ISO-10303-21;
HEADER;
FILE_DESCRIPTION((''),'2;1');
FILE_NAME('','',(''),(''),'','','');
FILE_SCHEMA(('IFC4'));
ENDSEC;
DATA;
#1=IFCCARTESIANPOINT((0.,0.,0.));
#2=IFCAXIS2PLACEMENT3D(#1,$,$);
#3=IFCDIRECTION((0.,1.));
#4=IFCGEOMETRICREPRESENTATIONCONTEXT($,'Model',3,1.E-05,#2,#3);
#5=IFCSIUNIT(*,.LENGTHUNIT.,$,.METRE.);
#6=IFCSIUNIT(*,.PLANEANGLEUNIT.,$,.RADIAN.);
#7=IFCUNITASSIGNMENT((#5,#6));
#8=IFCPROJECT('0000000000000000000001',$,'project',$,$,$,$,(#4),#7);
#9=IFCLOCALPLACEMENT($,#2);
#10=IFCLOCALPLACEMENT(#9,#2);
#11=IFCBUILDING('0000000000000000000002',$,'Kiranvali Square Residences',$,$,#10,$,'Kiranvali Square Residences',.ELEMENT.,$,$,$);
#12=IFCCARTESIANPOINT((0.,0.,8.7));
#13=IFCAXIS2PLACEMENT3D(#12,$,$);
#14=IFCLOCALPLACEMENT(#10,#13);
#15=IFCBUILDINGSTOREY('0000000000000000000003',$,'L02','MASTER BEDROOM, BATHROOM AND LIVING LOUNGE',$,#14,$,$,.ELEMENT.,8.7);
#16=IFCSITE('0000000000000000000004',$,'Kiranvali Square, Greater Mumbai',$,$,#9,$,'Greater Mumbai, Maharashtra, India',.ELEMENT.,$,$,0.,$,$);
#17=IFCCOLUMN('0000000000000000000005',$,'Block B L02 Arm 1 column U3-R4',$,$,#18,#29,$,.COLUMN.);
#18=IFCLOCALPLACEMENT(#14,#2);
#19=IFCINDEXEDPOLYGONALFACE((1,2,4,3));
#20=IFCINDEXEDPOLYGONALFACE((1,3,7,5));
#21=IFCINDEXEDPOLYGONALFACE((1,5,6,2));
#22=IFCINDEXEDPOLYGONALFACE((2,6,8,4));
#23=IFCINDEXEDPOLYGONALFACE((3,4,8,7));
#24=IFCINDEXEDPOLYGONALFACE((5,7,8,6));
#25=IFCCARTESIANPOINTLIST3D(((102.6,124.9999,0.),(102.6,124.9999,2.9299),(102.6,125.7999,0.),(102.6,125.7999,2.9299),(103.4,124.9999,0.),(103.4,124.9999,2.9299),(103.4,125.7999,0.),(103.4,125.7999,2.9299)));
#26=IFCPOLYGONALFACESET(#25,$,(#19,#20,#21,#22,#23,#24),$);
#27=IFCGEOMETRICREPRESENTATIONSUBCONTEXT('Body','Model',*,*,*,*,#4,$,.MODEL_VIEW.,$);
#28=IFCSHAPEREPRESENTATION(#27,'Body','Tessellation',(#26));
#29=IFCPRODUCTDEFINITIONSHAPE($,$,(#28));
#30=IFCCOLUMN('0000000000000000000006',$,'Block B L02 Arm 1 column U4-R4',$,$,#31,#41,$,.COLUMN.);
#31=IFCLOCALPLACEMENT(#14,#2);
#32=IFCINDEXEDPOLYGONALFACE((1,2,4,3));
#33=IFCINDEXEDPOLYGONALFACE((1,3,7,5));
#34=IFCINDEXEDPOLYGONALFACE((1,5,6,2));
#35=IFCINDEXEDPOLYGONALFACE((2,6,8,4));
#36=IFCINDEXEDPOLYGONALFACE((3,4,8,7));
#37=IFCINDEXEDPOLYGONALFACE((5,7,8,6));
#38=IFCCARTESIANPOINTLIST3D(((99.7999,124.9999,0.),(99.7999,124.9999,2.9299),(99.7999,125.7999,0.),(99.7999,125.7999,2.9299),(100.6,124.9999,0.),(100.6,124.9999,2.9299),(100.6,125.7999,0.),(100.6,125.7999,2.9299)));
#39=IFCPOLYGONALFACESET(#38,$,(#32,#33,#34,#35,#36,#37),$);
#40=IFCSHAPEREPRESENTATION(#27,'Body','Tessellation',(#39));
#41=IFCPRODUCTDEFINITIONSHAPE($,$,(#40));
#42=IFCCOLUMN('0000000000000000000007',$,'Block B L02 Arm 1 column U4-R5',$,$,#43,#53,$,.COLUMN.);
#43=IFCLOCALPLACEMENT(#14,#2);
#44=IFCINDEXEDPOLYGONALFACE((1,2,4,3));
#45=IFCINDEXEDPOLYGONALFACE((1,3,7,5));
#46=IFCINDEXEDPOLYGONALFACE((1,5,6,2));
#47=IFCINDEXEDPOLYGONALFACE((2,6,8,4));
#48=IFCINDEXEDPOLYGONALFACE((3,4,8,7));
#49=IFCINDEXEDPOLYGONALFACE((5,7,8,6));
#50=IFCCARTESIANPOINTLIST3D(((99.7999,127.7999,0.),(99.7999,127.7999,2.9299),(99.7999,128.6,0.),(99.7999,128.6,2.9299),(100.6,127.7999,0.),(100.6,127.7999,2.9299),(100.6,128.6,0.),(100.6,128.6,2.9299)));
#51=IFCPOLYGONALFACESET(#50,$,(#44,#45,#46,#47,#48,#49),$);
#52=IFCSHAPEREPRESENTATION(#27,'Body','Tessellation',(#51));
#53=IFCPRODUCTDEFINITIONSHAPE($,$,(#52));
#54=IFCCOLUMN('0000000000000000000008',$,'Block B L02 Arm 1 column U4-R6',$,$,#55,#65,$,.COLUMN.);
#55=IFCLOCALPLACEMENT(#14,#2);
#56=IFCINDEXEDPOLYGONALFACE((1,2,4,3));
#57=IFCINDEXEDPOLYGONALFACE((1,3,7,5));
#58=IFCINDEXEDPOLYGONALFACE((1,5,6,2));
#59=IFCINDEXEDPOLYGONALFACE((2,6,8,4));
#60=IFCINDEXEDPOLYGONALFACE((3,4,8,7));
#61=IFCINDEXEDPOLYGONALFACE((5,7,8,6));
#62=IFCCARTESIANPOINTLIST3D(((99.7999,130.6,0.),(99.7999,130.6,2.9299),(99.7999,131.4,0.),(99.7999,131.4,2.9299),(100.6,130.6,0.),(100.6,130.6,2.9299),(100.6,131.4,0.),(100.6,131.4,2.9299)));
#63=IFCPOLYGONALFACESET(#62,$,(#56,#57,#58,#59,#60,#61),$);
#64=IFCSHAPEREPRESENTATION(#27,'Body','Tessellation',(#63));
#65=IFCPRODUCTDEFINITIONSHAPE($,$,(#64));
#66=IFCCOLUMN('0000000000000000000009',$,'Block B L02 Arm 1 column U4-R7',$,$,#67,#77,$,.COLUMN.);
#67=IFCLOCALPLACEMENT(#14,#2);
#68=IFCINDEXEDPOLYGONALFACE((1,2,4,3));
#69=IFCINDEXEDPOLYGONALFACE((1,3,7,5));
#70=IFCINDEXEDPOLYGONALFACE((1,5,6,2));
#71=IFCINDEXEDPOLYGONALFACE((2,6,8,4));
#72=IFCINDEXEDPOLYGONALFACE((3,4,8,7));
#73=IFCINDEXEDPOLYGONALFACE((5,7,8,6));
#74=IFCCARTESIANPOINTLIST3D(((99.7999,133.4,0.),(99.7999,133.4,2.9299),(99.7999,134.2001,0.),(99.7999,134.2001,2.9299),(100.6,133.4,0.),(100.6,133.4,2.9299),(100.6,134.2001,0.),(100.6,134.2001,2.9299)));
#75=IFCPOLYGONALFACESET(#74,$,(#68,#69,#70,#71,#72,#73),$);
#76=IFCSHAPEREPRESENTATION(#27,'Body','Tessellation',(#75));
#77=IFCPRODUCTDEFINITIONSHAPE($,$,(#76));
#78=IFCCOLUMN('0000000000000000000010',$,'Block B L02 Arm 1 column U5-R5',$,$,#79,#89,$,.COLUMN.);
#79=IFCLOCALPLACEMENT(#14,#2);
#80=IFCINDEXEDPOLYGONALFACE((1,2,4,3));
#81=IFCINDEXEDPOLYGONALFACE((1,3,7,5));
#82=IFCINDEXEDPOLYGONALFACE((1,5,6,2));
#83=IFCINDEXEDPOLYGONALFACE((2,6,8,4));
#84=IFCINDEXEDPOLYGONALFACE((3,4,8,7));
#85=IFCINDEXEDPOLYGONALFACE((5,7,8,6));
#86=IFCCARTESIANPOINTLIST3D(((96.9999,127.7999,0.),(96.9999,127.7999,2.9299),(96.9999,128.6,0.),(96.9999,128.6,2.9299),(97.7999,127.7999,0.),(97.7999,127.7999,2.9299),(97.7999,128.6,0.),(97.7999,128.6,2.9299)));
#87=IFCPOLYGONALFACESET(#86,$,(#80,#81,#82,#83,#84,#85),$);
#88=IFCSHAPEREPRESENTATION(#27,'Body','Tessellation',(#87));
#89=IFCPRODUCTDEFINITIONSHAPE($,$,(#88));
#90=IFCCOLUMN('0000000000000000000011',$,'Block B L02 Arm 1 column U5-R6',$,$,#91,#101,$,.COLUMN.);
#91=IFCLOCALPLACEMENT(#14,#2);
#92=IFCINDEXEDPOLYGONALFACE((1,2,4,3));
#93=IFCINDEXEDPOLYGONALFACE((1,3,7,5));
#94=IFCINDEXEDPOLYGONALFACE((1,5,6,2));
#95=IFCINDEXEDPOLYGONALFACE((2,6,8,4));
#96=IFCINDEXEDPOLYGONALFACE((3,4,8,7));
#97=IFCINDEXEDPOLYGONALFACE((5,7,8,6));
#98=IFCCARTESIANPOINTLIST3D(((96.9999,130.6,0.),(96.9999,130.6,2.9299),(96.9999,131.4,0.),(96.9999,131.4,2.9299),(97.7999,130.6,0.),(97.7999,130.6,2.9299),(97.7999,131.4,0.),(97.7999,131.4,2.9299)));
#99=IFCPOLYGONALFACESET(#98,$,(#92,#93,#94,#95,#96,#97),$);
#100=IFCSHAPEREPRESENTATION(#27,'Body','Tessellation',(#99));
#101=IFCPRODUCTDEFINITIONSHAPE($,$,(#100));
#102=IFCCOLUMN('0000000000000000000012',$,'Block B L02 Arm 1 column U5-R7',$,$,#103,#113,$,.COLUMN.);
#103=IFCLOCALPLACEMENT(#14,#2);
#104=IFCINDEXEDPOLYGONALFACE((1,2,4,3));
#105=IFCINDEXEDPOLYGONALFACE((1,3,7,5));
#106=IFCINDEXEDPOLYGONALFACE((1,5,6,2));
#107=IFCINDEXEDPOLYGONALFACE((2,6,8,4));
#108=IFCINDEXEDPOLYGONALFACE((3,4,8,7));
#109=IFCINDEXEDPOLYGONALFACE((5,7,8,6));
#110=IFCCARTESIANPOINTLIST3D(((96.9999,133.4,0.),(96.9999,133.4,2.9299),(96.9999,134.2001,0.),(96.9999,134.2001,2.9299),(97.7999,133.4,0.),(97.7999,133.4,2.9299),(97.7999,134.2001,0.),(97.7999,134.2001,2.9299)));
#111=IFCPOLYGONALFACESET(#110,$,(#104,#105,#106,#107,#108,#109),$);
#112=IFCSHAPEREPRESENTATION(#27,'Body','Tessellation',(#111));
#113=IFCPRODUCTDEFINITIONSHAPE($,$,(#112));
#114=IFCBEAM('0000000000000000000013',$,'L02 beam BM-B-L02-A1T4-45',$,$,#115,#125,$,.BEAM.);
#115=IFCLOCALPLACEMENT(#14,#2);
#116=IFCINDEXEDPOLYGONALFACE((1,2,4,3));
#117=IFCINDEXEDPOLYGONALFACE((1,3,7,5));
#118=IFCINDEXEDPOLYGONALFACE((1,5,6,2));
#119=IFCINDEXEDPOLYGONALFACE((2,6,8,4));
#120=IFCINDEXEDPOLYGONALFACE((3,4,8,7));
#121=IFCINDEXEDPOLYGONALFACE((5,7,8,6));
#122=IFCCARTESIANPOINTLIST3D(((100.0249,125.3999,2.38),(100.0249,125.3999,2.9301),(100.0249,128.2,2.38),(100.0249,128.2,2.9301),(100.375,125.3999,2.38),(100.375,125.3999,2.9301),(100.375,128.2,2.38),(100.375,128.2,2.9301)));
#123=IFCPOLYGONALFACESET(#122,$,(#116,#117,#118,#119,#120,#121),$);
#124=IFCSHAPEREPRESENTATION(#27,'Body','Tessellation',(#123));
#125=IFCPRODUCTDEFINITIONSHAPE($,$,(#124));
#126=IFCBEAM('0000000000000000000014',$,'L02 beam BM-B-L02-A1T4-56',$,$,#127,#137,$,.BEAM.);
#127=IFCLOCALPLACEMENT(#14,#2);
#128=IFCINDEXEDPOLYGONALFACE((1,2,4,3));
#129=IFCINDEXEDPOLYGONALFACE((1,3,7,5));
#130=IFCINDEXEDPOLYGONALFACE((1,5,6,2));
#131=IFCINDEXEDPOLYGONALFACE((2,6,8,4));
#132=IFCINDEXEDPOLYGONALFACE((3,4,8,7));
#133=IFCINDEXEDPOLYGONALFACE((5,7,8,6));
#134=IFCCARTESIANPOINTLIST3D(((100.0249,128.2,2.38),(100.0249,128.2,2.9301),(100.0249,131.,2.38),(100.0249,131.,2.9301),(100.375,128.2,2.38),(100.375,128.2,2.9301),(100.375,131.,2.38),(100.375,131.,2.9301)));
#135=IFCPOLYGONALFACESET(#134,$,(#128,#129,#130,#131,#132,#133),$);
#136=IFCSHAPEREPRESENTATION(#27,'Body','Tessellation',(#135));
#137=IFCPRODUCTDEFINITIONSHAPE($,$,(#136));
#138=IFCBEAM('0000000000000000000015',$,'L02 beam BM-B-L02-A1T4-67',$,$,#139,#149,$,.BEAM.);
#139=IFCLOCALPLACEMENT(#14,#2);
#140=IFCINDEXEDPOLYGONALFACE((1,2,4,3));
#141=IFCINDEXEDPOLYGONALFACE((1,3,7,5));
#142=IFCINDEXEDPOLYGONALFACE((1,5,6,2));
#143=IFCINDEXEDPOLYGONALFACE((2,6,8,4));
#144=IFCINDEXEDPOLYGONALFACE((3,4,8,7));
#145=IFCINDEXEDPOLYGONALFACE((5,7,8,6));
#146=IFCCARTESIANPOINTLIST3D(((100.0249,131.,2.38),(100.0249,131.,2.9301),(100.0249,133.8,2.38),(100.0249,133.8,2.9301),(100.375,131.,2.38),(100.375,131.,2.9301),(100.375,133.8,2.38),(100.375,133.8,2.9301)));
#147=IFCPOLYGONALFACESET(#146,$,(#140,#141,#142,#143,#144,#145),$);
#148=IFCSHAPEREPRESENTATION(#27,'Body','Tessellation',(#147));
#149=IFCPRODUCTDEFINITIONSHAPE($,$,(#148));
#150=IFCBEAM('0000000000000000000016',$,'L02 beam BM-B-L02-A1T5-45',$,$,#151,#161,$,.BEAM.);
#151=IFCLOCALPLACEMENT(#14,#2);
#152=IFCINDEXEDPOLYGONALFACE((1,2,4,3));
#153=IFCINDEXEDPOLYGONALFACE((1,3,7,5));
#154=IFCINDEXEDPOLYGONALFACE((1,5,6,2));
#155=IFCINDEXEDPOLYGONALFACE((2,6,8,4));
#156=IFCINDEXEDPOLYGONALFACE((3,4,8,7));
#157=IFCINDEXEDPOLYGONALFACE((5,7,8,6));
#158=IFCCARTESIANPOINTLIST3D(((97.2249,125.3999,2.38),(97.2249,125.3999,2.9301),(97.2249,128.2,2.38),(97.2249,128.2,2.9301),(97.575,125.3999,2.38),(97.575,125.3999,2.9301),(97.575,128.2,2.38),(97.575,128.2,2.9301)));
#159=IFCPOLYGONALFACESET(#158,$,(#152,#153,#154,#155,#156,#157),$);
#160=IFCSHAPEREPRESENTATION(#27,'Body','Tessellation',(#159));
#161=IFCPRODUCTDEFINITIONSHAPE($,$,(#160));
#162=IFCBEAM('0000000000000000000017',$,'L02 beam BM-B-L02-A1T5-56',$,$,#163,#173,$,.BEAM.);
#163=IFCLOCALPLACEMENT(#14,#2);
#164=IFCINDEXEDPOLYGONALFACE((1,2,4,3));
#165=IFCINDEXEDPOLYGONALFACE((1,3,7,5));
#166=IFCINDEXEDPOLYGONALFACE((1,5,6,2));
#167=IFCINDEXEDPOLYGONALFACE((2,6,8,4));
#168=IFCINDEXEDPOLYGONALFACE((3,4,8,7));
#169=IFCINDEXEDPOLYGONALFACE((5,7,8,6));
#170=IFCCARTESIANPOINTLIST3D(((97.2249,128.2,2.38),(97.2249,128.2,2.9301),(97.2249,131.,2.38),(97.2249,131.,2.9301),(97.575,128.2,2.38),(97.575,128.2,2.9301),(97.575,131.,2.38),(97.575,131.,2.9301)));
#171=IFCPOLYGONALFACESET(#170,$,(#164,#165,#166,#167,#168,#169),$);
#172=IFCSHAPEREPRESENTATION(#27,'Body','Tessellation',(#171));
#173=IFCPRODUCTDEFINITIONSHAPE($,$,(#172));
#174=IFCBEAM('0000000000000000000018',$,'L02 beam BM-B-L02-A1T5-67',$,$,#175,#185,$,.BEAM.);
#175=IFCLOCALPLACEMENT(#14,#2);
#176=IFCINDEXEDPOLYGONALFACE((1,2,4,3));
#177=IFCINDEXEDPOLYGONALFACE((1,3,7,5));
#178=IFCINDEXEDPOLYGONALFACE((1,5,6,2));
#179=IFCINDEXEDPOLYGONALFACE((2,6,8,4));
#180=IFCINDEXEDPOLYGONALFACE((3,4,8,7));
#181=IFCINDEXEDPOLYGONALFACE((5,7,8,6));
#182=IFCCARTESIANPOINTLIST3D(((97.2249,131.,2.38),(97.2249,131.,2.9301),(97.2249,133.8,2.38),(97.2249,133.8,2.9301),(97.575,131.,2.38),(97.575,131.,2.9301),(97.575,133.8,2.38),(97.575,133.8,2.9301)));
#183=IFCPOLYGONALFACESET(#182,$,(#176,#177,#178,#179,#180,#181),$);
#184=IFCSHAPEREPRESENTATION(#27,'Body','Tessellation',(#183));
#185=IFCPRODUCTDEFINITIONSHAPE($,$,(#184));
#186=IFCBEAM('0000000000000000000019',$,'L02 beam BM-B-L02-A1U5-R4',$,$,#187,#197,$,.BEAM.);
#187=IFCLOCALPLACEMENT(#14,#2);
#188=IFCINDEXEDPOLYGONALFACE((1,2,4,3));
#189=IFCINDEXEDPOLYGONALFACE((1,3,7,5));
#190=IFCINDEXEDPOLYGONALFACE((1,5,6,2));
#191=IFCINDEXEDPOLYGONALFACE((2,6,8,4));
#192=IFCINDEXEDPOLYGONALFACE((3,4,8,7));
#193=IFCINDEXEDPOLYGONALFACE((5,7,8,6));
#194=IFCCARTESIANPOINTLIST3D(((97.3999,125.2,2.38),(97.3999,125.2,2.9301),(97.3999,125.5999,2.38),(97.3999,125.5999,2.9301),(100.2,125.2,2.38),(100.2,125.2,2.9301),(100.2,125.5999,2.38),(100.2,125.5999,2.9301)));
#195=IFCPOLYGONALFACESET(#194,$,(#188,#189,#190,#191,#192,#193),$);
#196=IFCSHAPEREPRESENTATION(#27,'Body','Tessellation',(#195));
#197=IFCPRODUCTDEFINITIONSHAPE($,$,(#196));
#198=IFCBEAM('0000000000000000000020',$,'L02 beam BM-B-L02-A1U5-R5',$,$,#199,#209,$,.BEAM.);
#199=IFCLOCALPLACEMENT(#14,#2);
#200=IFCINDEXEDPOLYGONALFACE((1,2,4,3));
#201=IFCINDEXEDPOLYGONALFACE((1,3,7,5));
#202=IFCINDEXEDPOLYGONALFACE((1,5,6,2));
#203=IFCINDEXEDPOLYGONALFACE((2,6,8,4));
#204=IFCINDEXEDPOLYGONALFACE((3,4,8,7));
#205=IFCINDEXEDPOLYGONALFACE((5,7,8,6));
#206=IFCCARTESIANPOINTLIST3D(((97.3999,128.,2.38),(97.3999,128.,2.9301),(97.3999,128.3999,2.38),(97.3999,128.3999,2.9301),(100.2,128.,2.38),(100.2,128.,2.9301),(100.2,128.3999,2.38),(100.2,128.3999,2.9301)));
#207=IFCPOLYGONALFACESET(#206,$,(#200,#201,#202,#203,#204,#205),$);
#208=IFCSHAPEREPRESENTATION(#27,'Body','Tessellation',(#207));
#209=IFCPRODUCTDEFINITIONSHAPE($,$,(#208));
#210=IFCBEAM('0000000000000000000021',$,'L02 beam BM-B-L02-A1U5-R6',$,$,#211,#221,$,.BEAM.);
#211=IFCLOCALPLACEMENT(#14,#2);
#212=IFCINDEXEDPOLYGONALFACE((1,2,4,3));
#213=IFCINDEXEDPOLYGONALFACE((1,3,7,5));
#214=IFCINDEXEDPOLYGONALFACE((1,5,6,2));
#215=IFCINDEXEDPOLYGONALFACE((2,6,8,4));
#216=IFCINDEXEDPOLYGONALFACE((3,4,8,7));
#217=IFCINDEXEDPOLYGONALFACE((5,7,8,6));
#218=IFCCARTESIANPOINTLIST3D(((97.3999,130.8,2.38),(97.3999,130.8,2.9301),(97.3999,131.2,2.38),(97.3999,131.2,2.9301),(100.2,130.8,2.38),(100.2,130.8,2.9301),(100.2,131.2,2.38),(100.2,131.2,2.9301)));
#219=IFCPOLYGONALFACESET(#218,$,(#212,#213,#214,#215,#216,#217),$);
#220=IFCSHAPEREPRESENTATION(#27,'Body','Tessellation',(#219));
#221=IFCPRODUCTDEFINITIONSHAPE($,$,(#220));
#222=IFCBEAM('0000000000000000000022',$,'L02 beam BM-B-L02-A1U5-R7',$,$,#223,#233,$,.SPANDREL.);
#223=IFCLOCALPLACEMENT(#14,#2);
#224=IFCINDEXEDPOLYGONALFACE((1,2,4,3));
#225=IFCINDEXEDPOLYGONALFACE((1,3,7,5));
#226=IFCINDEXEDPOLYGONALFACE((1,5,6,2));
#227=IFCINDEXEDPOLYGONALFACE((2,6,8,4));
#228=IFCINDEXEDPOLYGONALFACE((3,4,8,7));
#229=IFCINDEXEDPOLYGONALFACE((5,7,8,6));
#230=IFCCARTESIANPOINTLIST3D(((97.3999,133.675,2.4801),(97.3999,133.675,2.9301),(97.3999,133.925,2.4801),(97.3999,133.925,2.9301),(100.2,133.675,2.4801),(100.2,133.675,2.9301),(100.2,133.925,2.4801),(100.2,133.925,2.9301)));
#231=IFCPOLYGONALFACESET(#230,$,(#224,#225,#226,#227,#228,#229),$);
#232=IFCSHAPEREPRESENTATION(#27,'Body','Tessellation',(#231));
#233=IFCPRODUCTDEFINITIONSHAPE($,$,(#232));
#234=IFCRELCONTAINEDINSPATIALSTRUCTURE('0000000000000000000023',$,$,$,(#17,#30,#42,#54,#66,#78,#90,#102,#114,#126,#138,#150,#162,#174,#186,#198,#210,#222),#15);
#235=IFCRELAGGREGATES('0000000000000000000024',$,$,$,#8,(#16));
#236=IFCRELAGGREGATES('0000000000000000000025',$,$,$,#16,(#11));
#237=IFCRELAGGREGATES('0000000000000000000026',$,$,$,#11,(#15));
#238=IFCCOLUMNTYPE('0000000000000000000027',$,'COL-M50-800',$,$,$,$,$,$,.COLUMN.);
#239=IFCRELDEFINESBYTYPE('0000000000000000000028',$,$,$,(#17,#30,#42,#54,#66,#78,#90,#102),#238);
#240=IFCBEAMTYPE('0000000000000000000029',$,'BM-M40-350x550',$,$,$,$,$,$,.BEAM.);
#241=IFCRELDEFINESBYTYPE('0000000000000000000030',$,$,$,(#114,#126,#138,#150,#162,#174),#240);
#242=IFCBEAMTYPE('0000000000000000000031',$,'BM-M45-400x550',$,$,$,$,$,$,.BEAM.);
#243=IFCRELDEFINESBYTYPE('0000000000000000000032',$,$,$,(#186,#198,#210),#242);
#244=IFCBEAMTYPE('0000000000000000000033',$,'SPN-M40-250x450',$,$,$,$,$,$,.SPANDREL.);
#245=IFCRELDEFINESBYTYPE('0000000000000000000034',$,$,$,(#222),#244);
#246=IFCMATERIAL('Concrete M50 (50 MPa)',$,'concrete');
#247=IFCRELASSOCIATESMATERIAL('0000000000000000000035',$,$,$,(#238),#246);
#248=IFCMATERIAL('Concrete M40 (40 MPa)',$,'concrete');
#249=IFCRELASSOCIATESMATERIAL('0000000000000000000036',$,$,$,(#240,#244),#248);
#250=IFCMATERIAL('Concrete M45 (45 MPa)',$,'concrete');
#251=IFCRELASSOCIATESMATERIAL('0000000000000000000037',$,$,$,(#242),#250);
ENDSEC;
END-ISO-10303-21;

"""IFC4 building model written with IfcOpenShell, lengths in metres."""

from ifc_helpers import new_model, si_unit, direction, frame, origin, origin_2d, place, context, subcontext, project, spatial, rectangle, extrude, material, material_profile, profile_set, type_object, element, save


model = new_model("IFC4")

# Units and contexts
model_context = context("Model", 3, precision=1e-05, world=origin(), true_north=direction((0.0, 1.0)))
body_context = subcontext(model_context, "Body", "Model", "MODEL_VIEW")
ifc_project = project(units=[si_unit("LENGTHUNIT", "METRE"), si_unit("PLANEANGLEUNIT", "RADIAN")], contexts=[model_context])

# Site, building, storey
site_placement = place(None, origin())
site = spatial("IfcSite", under=ifc_project, at=site_placement, Name="Kiranvali Square, Greater Mumbai", LongName="Greater Mumbai, Maharashtra, India", CompositionType="ELEMENT", RefElevation=0.0)
building_placement = place(site_placement, origin())
building = spatial("IfcBuilding", under=site, at=building_placement, Name="Kiranvali Square Residences", LongName="Kiranvali Square Residences", CompositionType="ELEMENT")
storey_placement = place(building_placement, frame((0.0, 0.0, 8.7)))
storey = spatial("IfcBuildingStorey", under=building, at=storey_placement, Name="L02", Description="MASTER BEDROOM, BATHROOM AND LIVING LOUNGE", CompositionType="ELEMENT", Elevation=8.7)

# Columns
ifc_material_1 = material(Name="Concrete M50 (50 MPa)", Category="concrete")
ifc_material_profile_1 = material_profile(ifc_material_1, rectangle(XDim=0.8, YDim=0.8, at=origin_2d()), Name="RC 800x800")
ifc_profile_set_1 = profile_set([ifc_material_profile_1], Name="Concrete M50 (50 MPa)")
column_type = type_object("IfcColumnType", Name="COL-M50-800", PredefinedType="COLUMN", material=ifc_profile_set_1)
for number, where, z_axis, x_axis, name in (
    (1, (103.0, 125.3999, 0.0), (0.0, 0.0, 1.0), (1.0, 0.0, 0.0), "Block B L02 Arm 1 column U3-R4"),
    (2, (100.2, 125.3999, 0.0), (0.0, 0.0, 1.0), (1.0, 0.0, 0.0), "Block B L02 Arm 1 column U4-R4"),
    (3, (100.2, 128.2, 0.0), (0.0, 0.0, 1.0), (1.0, 0.0, 0.0), "Block B L02 Arm 1 column U4-R5"),
    (4, (100.2, 131.0, 0.0), (0.0, 0.0, 1.0), (1.0, 0.0, 0.0), "Block B L02 Arm 1 column U4-R6"),
    (5, (100.2, 133.8, 0.0), (0.0, 0.0, 1.0), (1.0, 0.0, 0.0), "Block B L02 Arm 1 column U4-R7"),
    (6, (97.3999, 128.2, 0.0), (0.0, 0.0, 1.0), (1.0, 0.0, 0.0), "Block B L02 Arm 1 column U5-R5"),
    (7, (97.3999, 131.0, 0.0), (0.0, 0.0, 1.0), (1.0, 0.0, 0.0), "Block B L02 Arm 1 column U5-R6"),
    (8, (97.3999, 133.8, 0.0), (0.0, 0.0, 1.0), (1.0, 0.0, 0.0), "Block B L02 Arm 1 column U5-R7"),
):
    element("IfcColumn", number, at=place(storey_placement, frame(where, z_axis=z_axis, x_axis=x_axis)), inside=storey, type_object=column_type, Name=name, PredefinedType="COLUMN", context=body_context, shape_type="SweptSolid", body=[
        extrude(rectangle(XDim=0.8, YDim=0.8, at=origin_2d()), origin(), (0.0, 0.0, 1.0), 2.9299),
    ])

# Beams
ifc_material_2 = material(Name="Concrete M40 (40 MPa)", Category="concrete")
ifc_material_profile_2 = material_profile(ifc_material_2, rectangle(XDim=0.3501, YDim=0.55, at=origin_2d()), Name="RC 350x550")
ifc_profile_set_2 = profile_set([ifc_material_profile_2], Name="Concrete M40 (40 MPa)")
beam_type_1 = type_object("IfcBeamType", Name="BM-M40-350x550", PredefinedType="BEAM", material=ifc_profile_set_2)
for number, where, z_axis, x_axis, name in (
    (9, (100.2, 125.3999, 2.655), (0.0, 1.0, 0.0), (-1.0, 0.0, 0.0), "L02 beam BM-B-L02-A1T4-45"),
    (10, (100.2, 128.2, 2.655), (0.0, 1.0, 0.0), (-1.0, 0.0, 0.0), "L02 beam BM-B-L02-A1T4-56"),
    (11, (100.2, 131.0, 2.655), (0.0, 1.0, 0.0), (-1.0, 0.0, 0.0), "L02 beam BM-B-L02-A1T4-67"),
    (12, (97.3999, 125.3999, 2.655), (0.0, 1.0, 0.0), (-1.0, 0.0, 0.0), "L02 beam BM-B-L02-A1T5-45"),
    (13, (97.3999, 128.2, 2.655), (0.0, 1.0, 0.0), (-1.0, 0.0, 0.0), "L02 beam BM-B-L02-A1T5-56"),
    (14, (97.3999, 131.0, 2.655), (0.0, 1.0, 0.0), (-1.0, 0.0, 0.0), "L02 beam BM-B-L02-A1T5-67"),
):
    element("IfcBeam", number, at=place(storey_placement, frame(where, z_axis=z_axis, x_axis=x_axis)), inside=storey, type_object=beam_type_1, Name=name, PredefinedType="BEAM", context=body_context, shape_type="SweptSolid", body=[
        extrude(rectangle(XDim=0.3501, YDim=0.55, at=origin_2d()), origin(), (0.0, 0.0, 1.0), 2.8),
    ])
ifc_material_3 = material(Name="Concrete M45 (45 MPa)", Category="concrete")
ifc_material_profile_3 = material_profile(ifc_material_3, rectangle(XDim=0.3999, YDim=0.55, at=origin_2d()), Name="RC 400x550")
ifc_profile_set_3 = profile_set([ifc_material_profile_3], Name="Concrete M45 (45 MPa)")
beam_type_2 = type_object("IfcBeamType", Name="BM-M45-400x550", PredefinedType="BEAM", material=ifc_profile_set_3)
for number, where, z_axis, x_axis, name in (
    (15, (100.2, 125.3999, 2.655), (-1.0, 0.0, 0.0), (0.0, -1.0, 0.0), "L02 beam BM-B-L02-A1U5-R4"),
    (16, (100.2, 128.2, 2.655), (-1.0, 0.0, 0.0), (0.0, -1.0, 0.0), "L02 beam BM-B-L02-A1U5-R5"),
    (17, (100.2, 131.0, 2.655), (-1.0, 0.0, 0.0), (0.0, -1.0, 0.0), "L02 beam BM-B-L02-A1U5-R6"),
):
    element("IfcBeam", number, at=place(storey_placement, frame(where, z_axis=z_axis, x_axis=x_axis)), inside=storey, type_object=beam_type_2, Name=name, PredefinedType="BEAM", context=body_context, shape_type="SweptSolid", body=[
        extrude(rectangle(XDim=0.3999, YDim=0.55, at=origin_2d()), origin(), (0.0, 0.0, 1.0), 2.8),
    ])
ifc_material_profile_4 = material_profile(ifc_material_2, rectangle(XDim=0.25, YDim=0.45, at=origin_2d()), Name="RC 250x450")
ifc_profile_set_4 = profile_set([ifc_material_profile_4], Name="Concrete M40 (40 MPa)")
beam_type_3 = type_object("IfcBeamType", Name="SPN-M40-250x450", PredefinedType="SPANDREL", material=ifc_profile_set_4)
beam_placement = place(storey_placement, frame((100.2, 133.8, 2.7051), z_axis=(-1.0, 0.0, 0.0), x_axis=(0.0, -1.0, 0.0)))
element("IfcBeam", 18, at=beam_placement, inside=storey, type_object=beam_type_3, Name="L02 beam BM-B-L02-A1U5-R7", PredefinedType="SPANDREL", context=body_context, shape_type="SweptSolid", body=[
    extrude(rectangle(XDim=0.25, YDim=0.45, at=origin_2d()), origin(), (0.0, 0.0, 1.0), 2.8),
])

save(model, "model.ifc")
